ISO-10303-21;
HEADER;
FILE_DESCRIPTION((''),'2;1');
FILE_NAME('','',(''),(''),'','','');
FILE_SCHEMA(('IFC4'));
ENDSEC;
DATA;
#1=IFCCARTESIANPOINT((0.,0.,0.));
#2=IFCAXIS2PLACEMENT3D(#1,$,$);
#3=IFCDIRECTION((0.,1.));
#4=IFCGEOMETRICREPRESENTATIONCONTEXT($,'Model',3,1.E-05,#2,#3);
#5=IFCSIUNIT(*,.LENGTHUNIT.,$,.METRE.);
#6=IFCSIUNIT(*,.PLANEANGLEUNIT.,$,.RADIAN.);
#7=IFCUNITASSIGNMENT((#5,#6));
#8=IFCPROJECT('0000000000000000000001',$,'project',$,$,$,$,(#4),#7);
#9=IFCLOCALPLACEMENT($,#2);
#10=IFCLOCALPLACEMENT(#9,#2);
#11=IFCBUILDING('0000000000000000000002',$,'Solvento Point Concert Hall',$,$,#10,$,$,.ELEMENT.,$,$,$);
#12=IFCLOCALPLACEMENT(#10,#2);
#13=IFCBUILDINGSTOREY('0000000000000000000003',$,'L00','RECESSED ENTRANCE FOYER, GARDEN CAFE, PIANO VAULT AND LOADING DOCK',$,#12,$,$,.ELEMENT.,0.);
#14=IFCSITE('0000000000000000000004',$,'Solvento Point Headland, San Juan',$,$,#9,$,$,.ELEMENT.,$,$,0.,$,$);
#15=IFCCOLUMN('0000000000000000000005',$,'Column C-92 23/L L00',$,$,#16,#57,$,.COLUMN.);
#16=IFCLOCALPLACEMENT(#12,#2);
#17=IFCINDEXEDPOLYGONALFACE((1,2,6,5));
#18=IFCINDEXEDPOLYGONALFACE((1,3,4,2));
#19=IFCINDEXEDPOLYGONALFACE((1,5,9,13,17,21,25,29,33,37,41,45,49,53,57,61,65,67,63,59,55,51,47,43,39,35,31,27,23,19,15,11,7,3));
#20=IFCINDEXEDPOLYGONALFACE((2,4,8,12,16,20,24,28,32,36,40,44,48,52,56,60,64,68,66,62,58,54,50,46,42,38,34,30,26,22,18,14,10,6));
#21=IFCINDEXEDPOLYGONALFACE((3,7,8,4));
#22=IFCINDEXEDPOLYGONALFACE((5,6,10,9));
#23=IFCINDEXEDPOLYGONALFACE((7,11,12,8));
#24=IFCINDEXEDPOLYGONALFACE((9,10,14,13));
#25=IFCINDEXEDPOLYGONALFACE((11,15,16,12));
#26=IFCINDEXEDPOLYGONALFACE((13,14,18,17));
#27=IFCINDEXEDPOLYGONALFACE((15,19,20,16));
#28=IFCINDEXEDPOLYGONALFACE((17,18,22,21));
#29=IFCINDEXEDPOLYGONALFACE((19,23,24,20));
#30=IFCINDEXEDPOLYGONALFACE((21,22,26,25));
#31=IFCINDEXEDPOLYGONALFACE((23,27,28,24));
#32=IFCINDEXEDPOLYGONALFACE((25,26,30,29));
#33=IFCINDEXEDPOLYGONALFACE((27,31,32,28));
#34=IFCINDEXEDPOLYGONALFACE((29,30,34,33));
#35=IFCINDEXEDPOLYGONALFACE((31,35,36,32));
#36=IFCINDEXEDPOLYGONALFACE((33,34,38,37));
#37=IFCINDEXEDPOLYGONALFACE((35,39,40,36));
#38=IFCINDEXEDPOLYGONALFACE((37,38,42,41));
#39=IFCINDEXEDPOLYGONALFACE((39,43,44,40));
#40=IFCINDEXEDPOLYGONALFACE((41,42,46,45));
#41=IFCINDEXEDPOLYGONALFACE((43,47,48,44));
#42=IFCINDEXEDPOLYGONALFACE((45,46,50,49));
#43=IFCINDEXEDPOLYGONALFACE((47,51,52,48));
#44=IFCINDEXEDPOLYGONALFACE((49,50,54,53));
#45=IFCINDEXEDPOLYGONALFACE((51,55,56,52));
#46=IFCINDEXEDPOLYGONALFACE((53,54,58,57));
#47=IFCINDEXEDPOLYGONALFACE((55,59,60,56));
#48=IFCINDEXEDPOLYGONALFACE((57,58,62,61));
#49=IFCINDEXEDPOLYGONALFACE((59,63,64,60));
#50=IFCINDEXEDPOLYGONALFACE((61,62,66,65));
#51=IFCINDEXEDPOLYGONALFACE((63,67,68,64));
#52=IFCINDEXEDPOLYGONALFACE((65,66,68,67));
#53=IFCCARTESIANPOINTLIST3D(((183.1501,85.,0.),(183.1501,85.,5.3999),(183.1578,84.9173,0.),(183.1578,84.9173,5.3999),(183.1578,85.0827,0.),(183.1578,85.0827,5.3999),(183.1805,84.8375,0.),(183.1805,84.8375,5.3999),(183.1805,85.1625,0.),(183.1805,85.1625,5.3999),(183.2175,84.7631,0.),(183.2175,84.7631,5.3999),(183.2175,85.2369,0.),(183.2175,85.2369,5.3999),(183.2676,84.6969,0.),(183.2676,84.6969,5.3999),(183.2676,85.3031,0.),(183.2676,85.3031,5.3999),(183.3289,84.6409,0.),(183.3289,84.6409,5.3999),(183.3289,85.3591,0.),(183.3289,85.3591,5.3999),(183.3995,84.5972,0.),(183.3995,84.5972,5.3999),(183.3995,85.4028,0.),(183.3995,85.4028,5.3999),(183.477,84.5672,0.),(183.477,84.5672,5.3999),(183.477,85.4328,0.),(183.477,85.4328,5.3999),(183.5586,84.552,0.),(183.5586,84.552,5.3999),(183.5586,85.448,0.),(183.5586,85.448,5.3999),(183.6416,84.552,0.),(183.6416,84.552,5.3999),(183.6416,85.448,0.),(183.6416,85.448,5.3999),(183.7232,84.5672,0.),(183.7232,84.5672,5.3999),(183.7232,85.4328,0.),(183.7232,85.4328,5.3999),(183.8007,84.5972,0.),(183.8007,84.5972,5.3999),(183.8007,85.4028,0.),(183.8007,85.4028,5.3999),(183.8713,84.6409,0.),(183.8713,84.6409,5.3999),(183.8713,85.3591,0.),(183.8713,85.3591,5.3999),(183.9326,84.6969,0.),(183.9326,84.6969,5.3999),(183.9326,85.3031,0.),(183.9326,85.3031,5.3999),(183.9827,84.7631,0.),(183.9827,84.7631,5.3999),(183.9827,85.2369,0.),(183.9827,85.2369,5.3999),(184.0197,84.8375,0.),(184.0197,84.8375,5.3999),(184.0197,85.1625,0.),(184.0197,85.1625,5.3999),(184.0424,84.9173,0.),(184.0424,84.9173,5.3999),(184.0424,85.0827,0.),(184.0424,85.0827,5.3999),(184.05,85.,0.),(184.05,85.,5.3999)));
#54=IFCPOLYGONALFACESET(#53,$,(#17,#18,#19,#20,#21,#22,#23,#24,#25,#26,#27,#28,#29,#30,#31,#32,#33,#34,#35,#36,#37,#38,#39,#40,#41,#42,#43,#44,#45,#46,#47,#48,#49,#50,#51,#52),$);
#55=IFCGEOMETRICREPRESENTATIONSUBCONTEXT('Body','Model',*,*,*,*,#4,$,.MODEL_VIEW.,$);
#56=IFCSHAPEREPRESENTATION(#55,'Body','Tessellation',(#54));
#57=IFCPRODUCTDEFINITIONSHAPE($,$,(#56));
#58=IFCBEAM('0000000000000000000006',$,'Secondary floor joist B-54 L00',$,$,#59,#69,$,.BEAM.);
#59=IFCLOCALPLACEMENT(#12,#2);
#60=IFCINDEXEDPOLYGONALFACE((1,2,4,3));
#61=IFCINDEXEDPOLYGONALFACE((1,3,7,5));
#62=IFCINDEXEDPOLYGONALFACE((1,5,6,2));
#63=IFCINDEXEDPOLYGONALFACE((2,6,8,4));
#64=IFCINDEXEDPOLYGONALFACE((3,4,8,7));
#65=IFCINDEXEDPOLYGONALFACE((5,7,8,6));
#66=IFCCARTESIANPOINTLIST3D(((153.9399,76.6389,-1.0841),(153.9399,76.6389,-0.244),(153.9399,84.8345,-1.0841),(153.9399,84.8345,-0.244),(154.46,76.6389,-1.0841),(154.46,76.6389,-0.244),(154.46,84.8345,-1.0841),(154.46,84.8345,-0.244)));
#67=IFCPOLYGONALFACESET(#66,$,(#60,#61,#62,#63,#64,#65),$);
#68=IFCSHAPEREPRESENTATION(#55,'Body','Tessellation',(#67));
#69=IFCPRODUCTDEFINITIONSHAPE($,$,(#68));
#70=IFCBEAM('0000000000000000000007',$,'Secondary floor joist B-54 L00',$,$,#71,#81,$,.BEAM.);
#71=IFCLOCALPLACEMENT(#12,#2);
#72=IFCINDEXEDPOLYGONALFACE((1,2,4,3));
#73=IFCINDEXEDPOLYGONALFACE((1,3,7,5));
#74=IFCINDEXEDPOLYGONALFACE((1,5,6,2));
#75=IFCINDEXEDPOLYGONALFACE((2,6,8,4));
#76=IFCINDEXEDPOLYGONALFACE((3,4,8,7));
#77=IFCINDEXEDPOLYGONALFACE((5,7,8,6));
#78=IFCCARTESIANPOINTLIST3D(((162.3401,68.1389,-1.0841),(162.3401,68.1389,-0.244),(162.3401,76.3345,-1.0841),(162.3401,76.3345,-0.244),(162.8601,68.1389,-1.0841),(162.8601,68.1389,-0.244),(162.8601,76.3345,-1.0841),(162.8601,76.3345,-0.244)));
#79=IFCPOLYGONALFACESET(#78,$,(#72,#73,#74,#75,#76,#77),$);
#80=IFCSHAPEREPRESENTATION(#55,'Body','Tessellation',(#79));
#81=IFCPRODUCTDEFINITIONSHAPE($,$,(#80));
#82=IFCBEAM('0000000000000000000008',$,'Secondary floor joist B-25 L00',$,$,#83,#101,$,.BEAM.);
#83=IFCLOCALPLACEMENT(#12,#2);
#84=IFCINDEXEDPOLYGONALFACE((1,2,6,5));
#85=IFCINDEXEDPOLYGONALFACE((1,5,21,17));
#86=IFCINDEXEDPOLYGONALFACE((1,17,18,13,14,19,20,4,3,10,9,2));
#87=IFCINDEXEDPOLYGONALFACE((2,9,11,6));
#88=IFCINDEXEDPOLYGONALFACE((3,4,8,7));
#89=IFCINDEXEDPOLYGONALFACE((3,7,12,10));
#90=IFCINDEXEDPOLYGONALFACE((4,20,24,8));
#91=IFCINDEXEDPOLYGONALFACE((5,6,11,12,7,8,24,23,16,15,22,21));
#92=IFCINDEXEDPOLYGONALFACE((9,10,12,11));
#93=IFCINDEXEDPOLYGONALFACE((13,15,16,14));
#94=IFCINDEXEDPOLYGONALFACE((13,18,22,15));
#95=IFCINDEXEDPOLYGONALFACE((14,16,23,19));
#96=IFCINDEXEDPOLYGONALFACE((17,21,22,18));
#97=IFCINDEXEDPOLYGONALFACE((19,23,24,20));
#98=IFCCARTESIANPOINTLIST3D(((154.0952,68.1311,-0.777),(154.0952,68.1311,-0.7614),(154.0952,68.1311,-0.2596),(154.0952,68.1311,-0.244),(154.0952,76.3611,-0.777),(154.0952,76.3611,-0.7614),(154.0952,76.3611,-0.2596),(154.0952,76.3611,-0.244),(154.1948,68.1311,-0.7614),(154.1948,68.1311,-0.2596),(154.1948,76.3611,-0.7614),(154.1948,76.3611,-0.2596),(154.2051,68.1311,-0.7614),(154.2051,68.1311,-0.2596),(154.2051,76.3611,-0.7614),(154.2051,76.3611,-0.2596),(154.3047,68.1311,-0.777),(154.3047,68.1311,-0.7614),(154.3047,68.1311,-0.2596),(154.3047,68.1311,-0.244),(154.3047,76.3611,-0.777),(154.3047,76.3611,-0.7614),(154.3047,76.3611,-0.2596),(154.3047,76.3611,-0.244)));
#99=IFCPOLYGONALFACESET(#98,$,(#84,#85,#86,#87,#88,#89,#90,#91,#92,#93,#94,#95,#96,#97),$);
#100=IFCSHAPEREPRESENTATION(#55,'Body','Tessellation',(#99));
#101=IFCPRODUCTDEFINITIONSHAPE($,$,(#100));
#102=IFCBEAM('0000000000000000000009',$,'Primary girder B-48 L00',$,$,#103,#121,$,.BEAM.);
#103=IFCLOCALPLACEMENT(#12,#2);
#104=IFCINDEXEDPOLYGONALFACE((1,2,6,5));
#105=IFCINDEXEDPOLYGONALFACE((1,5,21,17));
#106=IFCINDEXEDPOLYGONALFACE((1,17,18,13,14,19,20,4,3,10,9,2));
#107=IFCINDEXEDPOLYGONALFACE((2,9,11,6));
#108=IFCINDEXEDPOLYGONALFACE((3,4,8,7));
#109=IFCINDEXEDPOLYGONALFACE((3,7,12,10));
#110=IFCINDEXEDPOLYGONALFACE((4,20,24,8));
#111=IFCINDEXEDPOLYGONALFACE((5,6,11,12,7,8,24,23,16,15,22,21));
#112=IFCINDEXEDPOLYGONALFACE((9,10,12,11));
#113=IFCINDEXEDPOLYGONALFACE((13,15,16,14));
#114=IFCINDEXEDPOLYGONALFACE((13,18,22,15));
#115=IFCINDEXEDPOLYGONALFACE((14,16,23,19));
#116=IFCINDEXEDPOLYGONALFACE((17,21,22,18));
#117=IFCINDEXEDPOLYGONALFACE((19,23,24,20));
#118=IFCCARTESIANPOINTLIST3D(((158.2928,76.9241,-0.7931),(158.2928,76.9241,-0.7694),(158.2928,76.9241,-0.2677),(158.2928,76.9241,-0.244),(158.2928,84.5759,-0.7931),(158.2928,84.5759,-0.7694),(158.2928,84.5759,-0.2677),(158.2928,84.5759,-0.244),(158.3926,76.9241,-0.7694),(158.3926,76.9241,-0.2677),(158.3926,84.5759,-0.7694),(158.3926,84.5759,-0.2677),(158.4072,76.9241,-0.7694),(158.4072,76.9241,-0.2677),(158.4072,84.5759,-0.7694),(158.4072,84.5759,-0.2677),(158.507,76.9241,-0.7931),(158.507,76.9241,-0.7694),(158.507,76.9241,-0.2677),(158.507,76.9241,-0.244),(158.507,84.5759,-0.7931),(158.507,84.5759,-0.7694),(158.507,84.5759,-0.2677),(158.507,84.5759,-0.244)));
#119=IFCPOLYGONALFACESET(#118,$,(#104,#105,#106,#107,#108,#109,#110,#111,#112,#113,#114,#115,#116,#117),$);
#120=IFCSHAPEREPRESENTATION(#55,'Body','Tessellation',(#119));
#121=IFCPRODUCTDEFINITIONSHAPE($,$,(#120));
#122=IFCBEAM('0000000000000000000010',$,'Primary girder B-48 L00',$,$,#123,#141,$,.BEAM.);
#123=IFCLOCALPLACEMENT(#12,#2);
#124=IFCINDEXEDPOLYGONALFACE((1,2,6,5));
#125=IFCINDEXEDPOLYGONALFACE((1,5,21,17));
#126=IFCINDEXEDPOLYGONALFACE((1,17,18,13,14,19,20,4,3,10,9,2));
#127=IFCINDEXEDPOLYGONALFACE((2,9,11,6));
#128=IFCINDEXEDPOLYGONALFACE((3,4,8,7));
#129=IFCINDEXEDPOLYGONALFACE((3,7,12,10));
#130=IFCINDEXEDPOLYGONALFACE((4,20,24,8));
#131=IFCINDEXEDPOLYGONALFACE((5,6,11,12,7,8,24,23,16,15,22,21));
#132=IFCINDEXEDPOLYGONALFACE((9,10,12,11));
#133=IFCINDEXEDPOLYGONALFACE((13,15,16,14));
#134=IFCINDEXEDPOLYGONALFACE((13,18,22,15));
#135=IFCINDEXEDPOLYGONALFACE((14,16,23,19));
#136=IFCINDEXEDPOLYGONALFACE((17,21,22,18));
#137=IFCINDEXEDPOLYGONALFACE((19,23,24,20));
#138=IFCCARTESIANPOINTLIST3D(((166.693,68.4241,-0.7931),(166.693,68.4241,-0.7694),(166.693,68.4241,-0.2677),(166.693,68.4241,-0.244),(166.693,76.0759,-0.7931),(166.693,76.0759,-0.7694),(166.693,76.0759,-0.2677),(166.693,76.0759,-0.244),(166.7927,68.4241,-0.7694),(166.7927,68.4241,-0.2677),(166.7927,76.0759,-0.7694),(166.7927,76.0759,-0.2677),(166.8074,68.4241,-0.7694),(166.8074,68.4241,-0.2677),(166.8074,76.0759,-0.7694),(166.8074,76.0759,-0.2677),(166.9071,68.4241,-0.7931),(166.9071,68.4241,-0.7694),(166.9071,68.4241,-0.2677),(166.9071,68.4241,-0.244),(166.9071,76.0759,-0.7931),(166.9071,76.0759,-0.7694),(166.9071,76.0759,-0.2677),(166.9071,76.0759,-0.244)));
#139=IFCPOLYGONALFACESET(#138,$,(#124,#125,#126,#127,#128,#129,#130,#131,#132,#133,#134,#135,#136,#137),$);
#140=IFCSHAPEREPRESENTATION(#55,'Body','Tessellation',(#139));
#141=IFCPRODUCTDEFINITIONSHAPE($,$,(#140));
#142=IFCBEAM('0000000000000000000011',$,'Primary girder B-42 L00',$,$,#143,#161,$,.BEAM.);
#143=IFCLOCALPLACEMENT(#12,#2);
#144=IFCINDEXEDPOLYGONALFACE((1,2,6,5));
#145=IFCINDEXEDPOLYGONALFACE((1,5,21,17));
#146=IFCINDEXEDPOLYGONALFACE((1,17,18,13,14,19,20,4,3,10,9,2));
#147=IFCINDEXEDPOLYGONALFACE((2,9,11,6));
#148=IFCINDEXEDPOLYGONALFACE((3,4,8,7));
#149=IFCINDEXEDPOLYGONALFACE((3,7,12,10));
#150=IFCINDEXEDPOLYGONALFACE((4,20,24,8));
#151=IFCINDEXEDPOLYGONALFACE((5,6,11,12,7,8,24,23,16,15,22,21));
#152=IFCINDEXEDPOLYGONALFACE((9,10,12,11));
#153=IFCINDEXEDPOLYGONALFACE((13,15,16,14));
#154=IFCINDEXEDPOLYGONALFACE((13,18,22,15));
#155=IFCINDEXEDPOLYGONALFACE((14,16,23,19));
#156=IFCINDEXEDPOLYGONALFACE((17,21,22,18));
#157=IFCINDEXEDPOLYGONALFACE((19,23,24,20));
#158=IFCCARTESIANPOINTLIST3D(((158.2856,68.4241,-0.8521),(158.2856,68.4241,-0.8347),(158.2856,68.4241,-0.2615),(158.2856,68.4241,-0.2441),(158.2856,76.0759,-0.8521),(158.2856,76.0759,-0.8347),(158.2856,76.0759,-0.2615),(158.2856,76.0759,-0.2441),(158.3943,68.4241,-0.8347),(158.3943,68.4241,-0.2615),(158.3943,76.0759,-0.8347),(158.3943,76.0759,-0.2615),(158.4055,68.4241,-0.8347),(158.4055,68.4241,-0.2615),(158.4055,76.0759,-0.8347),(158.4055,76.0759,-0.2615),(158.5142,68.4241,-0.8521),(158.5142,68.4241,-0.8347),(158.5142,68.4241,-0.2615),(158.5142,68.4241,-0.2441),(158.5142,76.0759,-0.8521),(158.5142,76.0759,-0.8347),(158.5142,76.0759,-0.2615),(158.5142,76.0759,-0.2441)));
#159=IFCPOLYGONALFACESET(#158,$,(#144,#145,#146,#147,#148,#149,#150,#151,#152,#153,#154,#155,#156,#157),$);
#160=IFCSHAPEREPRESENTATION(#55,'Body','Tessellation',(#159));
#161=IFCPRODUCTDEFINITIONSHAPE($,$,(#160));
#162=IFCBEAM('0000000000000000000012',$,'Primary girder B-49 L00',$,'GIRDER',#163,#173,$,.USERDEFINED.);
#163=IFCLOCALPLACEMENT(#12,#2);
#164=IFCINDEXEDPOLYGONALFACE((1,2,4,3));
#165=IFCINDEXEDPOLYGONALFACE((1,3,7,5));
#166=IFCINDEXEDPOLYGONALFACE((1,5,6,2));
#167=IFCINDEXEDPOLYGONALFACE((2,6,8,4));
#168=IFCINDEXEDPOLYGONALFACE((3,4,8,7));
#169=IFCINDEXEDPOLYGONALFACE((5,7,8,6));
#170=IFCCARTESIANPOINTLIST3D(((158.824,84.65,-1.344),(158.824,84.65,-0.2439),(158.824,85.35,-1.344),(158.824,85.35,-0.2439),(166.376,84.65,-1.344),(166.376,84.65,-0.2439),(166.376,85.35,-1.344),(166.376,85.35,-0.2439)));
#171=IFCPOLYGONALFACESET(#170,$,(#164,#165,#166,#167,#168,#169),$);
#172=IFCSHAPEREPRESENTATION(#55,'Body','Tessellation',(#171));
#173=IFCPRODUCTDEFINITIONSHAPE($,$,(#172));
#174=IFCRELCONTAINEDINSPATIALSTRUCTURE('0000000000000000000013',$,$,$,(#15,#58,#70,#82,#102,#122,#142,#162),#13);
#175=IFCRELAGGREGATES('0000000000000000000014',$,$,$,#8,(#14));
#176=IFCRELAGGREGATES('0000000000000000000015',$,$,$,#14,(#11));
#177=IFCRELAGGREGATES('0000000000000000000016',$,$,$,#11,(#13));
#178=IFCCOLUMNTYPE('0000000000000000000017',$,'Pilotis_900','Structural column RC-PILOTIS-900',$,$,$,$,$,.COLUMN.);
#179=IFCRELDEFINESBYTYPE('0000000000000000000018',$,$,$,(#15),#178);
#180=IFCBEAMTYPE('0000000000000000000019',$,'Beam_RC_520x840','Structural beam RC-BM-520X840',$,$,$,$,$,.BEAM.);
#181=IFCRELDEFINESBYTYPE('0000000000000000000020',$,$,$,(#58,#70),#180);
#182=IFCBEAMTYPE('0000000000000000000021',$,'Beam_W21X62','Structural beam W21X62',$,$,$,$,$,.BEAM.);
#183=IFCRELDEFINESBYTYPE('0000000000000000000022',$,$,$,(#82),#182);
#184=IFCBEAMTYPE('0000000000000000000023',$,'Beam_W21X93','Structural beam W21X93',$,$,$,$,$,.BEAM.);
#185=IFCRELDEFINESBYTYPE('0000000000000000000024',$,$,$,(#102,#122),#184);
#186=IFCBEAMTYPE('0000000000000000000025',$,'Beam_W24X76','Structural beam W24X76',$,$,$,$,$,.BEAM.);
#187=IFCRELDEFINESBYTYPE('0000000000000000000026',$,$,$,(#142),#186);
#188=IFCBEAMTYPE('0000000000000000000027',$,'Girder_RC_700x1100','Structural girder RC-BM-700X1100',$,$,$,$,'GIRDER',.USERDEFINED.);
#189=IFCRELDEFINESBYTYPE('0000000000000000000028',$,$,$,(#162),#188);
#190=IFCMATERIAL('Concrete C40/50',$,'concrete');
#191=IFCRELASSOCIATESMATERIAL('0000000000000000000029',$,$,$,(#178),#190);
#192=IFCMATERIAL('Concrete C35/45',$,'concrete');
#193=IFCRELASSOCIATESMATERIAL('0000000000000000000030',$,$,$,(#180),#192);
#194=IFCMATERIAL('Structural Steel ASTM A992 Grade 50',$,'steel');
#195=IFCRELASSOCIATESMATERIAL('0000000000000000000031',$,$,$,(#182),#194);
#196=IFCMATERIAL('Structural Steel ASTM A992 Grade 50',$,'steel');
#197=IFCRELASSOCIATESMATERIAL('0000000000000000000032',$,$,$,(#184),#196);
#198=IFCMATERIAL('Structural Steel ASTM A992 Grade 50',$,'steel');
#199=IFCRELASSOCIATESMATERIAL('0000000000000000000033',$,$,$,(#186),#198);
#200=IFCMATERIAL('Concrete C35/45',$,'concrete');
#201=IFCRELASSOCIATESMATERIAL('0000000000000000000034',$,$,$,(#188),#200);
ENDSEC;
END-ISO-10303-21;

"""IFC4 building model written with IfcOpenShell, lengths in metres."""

from ifc_helpers import new_model, si_unit, direction, frame, origin, origin_2d, place, context, subcontext, project, spatial, rectangle, circle, i_section, extrude, material, material_profile, profile_set, type_object, element, save


model = new_model("IFC4")

# Units and contexts
model_context = context("Model", 3, precision=1e-05, world=origin(), true_north=direction((0.0, 1.0)))
body_context = subcontext(model_context, "Body", "Model", "MODEL_VIEW")
ifc_project = project(units=[si_unit("LENGTHUNIT", "METRE"), si_unit("PLANEANGLEUNIT", "RADIAN")], contexts=[model_context])

# Site, building, storey
site_placement = place(None, origin())
site = spatial("IfcSite", under=ifc_project, at=site_placement, Name="Solvento Point Headland, San Juan", CompositionType="ELEMENT", RefElevation=0.0)
building_placement = place(site_placement, origin())
building = spatial("IfcBuilding", under=site, at=building_placement, Name="Solvento Point Concert Hall", CompositionType="ELEMENT")
storey_placement = place(building_placement, origin())
storey = spatial("IfcBuildingStorey", under=building, at=storey_placement, Name="L00", Description="RECESSED ENTRANCE FOYER, GARDEN CAFE, PIANO VAULT AND LOADING DOCK", CompositionType="ELEMENT", Elevation=0.0)

# Column
ifc_material_1 = material(Name="Concrete C40/50", Category="concrete")
ifc_material_profile_1 = material_profile(ifc_material_1, circle(Radius=0.45, at=origin_2d()), Name="RC-PILOTIS-900")
ifc_profile_set_1 = profile_set([ifc_material_profile_1], Name="Concrete C40/50")
column_type = type_object("IfcColumnType", Name="Pilotis_900", Description="Structural column RC-PILOTIS-900", PredefinedType="COLUMN", material=ifc_profile_set_1)
column_placement = place(storey_placement, frame((183.6001, 85.0, 0.0), z_axis=(0.0, 0.0, 1.0), x_axis=(1.0, 0.0, 0.0)))
element("IfcColumn", 1, at=column_placement, inside=storey, type_object=column_type, Name="Column C-92 23/L L00", PredefinedType="COLUMN", context=body_context, shape_type="SweptSolid", body=[
    extrude(circle(Radius=0.45, at=origin_2d()), origin(), (0.0, 0.0, 1.0), 5.3999),
])

# Beams
ifc_material_2 = material(Name="Concrete C35/45", Category="concrete")
ifc_material_profile_2 = material_profile(ifc_material_2, rectangle(XDim=0.52, YDim=0.8401, at=origin_2d()), Name="RC-BM-520X840")
ifc_profile_set_2 = profile_set([ifc_material_profile_2], Name="Concrete C35/45")
beam_type_1 = type_object("IfcBeamType", Name="Beam_RC_520x840", Description="Structural beam RC-BM-520X840", PredefinedType="BEAM", material=ifc_profile_set_2)
for number, where, z_axis, x_axis, name in (
    (2, (154.2, 76.6389, -0.6641), (0.0, 1.0, 0.0), (-1.0, 0.0, 0.0), "Secondary floor joist B-54 L00"),
    (3, (162.6001, 68.1389, -0.6641), (0.0, 1.0, 0.0), (-1.0, 0.0, 0.0), "Secondary floor joist B-54 L00"),
):
    element("IfcBeam", number, at=place(storey_placement, frame(where, z_axis=z_axis, x_axis=x_axis)), inside=storey, type_object=beam_type_1, Name=name, PredefinedType="BEAM", context=body_context, shape_type="SweptSolid", body=[
        extrude(rectangle(XDim=0.52, YDim=0.8401, at=origin_2d()), origin(), (0.0, 0.0, 1.0), 8.1956),
    ])
ifc_material_3 = material(Name="Structural Steel ASTM A992 Grade 50", Category="steel")
ifc_material_profile_3 = material_profile(ifc_material_3, i_section(OverallWidth=0.2095, OverallDepth=0.533, WebThickness=0.0103, FlangeThickness=0.0156, at=origin_2d()), Name="W21X62")
ifc_profile_set_3 = profile_set([ifc_material_profile_3], Name="Structural Steel ASTM A992 Grade 50")
beam_type_2 = type_object("IfcBeamType", Name="Beam_W21X62", Description="Structural beam W21X62", PredefinedType="BEAM", material=ifc_profile_set_3)
beam_1_placement = place(storey_placement, frame((154.2, 68.1311, -0.5105), z_axis=(0.0, 1.0, 0.0), x_axis=(-1.0, 0.0, 0.0)))
element("IfcBeam", 4, at=beam_1_placement, inside=storey, type_object=beam_type_2, Name="Secondary floor joist B-25 L00", PredefinedType="BEAM", context=body_context, shape_type="SweptSolid", body=[
    extrude(i_section(OverallWidth=0.2095, OverallDepth=0.533, WebThickness=0.0103, FlangeThickness=0.0156, at=origin_2d()), origin(), (0.0, 0.0, 1.0), 8.23),
])
ifc_material_4 = material(Name="Structural Steel ASTM A992 Grade 50", Category="steel")
ifc_material_profile_4 = material_profile(ifc_material_4, i_section(OverallWidth=0.2141, OverallDepth=0.5491, WebThickness=0.0146, FlangeThickness=0.0237, at=origin_2d()), Name="W21X93")
ifc_profile_set_4 = profile_set([ifc_material_profile_4], Name="Structural Steel ASTM A992 Grade 50")
beam_type_3 = type_object("IfcBeamType", Name="Beam_W21X93", Description="Structural beam W21X93", PredefinedType="BEAM", material=ifc_profile_set_4)
for number, where, z_axis, x_axis, name in (
    (5, (158.3999, 76.9241, -0.5186), (0.0, 1.0, 0.0), (-1.0, 0.0, 0.0), "Primary girder B-48 L00"),
    (6, (166.8, 68.4241, -0.5186), (0.0, 1.0, 0.0), (-1.0, 0.0, 0.0), "Primary girder B-48 L00"),
):
    element("IfcBeam", number, at=place(storey_placement, frame(where, z_axis=z_axis, x_axis=x_axis)), inside=storey, type_object=beam_type_3, Name=name, PredefinedType="BEAM", context=body_context, shape_type="SweptSolid", body=[
        extrude(i_section(OverallWidth=0.2141, OverallDepth=0.5491, WebThickness=0.0146, FlangeThickness=0.0237, at=origin_2d()), origin(), (0.0, 0.0, 1.0), 7.6519),
    ])
ifc_material_5 = material(Name="Structural Steel ASTM A992 Grade 50", Category="steel")
ifc_material_profile_5 = material_profile(ifc_material_5, i_section(OverallWidth=0.2285, OverallDepth=0.6079, WebThickness=0.0112, FlangeThickness=0.0173, at=origin_2d()), Name="W24X76")
ifc_profile_set_5 = profile_set([ifc_material_profile_5], Name="Structural Steel ASTM A992 Grade 50")
beam_type_4 = type_object("IfcBeamType", Name="Beam_W24X76", Description="Structural beam W24X76", PredefinedType="BEAM", material=ifc_profile_set_5)
beam_2_placement = place(storey_placement, frame((158.3999, 68.4241, -0.5481), z_axis=(0.0, 1.0, 0.0), x_axis=(-1.0, 0.0, 0.0)))
element("IfcBeam", 7, at=beam_2_placement, inside=storey, type_object=beam_type_4, Name="Primary girder B-42 L00", PredefinedType="BEAM", context=body_context, shape_type="SweptSolid", body=[
    extrude(i_section(OverallWidth=0.2285, OverallDepth=0.6079, WebThickness=0.0112, FlangeThickness=0.0173, at=origin_2d()), origin(), (0.0, 0.0, 1.0), 7.6519),
])
ifc_material_6 = material(Name="Concrete C35/45", Category="concrete")
ifc_material_profile_6 = material_profile(ifc_material_6, rectangle(XDim=0.7, YDim=1.1001, at=origin_2d()), Name="RC-BM-700X1100")
ifc_profile_set_6 = profile_set([ifc_material_profile_6], Name="Concrete C35/45")
beam_type_5 = type_object("IfcBeamType", Name="Girder_RC_700x1100", Description="Structural girder RC-BM-700X1100", ElementType="GIRDER", PredefinedType="USERDEFINED", material=ifc_profile_set_6)
beam_3_placement = place(storey_placement, frame((158.824, 85.0, -0.7939), z_axis=(1.0, 0.0, 0.0), x_axis=(0.0, 1.0, 0.0)))
element("IfcBeam", 8, at=beam_3_placement, inside=storey, type_object=beam_type_5, Name="Primary girder B-49 L00", ObjectType="GIRDER", PredefinedType="USERDEFINED", context=body_context, shape_type="SweptSolid", body=[
    extrude(rectangle(XDim=0.7, YDim=1.1001, at=origin_2d()), origin(), (0.0, 0.0, 1.0), 7.552),
])

save(model, "model.ifc")
